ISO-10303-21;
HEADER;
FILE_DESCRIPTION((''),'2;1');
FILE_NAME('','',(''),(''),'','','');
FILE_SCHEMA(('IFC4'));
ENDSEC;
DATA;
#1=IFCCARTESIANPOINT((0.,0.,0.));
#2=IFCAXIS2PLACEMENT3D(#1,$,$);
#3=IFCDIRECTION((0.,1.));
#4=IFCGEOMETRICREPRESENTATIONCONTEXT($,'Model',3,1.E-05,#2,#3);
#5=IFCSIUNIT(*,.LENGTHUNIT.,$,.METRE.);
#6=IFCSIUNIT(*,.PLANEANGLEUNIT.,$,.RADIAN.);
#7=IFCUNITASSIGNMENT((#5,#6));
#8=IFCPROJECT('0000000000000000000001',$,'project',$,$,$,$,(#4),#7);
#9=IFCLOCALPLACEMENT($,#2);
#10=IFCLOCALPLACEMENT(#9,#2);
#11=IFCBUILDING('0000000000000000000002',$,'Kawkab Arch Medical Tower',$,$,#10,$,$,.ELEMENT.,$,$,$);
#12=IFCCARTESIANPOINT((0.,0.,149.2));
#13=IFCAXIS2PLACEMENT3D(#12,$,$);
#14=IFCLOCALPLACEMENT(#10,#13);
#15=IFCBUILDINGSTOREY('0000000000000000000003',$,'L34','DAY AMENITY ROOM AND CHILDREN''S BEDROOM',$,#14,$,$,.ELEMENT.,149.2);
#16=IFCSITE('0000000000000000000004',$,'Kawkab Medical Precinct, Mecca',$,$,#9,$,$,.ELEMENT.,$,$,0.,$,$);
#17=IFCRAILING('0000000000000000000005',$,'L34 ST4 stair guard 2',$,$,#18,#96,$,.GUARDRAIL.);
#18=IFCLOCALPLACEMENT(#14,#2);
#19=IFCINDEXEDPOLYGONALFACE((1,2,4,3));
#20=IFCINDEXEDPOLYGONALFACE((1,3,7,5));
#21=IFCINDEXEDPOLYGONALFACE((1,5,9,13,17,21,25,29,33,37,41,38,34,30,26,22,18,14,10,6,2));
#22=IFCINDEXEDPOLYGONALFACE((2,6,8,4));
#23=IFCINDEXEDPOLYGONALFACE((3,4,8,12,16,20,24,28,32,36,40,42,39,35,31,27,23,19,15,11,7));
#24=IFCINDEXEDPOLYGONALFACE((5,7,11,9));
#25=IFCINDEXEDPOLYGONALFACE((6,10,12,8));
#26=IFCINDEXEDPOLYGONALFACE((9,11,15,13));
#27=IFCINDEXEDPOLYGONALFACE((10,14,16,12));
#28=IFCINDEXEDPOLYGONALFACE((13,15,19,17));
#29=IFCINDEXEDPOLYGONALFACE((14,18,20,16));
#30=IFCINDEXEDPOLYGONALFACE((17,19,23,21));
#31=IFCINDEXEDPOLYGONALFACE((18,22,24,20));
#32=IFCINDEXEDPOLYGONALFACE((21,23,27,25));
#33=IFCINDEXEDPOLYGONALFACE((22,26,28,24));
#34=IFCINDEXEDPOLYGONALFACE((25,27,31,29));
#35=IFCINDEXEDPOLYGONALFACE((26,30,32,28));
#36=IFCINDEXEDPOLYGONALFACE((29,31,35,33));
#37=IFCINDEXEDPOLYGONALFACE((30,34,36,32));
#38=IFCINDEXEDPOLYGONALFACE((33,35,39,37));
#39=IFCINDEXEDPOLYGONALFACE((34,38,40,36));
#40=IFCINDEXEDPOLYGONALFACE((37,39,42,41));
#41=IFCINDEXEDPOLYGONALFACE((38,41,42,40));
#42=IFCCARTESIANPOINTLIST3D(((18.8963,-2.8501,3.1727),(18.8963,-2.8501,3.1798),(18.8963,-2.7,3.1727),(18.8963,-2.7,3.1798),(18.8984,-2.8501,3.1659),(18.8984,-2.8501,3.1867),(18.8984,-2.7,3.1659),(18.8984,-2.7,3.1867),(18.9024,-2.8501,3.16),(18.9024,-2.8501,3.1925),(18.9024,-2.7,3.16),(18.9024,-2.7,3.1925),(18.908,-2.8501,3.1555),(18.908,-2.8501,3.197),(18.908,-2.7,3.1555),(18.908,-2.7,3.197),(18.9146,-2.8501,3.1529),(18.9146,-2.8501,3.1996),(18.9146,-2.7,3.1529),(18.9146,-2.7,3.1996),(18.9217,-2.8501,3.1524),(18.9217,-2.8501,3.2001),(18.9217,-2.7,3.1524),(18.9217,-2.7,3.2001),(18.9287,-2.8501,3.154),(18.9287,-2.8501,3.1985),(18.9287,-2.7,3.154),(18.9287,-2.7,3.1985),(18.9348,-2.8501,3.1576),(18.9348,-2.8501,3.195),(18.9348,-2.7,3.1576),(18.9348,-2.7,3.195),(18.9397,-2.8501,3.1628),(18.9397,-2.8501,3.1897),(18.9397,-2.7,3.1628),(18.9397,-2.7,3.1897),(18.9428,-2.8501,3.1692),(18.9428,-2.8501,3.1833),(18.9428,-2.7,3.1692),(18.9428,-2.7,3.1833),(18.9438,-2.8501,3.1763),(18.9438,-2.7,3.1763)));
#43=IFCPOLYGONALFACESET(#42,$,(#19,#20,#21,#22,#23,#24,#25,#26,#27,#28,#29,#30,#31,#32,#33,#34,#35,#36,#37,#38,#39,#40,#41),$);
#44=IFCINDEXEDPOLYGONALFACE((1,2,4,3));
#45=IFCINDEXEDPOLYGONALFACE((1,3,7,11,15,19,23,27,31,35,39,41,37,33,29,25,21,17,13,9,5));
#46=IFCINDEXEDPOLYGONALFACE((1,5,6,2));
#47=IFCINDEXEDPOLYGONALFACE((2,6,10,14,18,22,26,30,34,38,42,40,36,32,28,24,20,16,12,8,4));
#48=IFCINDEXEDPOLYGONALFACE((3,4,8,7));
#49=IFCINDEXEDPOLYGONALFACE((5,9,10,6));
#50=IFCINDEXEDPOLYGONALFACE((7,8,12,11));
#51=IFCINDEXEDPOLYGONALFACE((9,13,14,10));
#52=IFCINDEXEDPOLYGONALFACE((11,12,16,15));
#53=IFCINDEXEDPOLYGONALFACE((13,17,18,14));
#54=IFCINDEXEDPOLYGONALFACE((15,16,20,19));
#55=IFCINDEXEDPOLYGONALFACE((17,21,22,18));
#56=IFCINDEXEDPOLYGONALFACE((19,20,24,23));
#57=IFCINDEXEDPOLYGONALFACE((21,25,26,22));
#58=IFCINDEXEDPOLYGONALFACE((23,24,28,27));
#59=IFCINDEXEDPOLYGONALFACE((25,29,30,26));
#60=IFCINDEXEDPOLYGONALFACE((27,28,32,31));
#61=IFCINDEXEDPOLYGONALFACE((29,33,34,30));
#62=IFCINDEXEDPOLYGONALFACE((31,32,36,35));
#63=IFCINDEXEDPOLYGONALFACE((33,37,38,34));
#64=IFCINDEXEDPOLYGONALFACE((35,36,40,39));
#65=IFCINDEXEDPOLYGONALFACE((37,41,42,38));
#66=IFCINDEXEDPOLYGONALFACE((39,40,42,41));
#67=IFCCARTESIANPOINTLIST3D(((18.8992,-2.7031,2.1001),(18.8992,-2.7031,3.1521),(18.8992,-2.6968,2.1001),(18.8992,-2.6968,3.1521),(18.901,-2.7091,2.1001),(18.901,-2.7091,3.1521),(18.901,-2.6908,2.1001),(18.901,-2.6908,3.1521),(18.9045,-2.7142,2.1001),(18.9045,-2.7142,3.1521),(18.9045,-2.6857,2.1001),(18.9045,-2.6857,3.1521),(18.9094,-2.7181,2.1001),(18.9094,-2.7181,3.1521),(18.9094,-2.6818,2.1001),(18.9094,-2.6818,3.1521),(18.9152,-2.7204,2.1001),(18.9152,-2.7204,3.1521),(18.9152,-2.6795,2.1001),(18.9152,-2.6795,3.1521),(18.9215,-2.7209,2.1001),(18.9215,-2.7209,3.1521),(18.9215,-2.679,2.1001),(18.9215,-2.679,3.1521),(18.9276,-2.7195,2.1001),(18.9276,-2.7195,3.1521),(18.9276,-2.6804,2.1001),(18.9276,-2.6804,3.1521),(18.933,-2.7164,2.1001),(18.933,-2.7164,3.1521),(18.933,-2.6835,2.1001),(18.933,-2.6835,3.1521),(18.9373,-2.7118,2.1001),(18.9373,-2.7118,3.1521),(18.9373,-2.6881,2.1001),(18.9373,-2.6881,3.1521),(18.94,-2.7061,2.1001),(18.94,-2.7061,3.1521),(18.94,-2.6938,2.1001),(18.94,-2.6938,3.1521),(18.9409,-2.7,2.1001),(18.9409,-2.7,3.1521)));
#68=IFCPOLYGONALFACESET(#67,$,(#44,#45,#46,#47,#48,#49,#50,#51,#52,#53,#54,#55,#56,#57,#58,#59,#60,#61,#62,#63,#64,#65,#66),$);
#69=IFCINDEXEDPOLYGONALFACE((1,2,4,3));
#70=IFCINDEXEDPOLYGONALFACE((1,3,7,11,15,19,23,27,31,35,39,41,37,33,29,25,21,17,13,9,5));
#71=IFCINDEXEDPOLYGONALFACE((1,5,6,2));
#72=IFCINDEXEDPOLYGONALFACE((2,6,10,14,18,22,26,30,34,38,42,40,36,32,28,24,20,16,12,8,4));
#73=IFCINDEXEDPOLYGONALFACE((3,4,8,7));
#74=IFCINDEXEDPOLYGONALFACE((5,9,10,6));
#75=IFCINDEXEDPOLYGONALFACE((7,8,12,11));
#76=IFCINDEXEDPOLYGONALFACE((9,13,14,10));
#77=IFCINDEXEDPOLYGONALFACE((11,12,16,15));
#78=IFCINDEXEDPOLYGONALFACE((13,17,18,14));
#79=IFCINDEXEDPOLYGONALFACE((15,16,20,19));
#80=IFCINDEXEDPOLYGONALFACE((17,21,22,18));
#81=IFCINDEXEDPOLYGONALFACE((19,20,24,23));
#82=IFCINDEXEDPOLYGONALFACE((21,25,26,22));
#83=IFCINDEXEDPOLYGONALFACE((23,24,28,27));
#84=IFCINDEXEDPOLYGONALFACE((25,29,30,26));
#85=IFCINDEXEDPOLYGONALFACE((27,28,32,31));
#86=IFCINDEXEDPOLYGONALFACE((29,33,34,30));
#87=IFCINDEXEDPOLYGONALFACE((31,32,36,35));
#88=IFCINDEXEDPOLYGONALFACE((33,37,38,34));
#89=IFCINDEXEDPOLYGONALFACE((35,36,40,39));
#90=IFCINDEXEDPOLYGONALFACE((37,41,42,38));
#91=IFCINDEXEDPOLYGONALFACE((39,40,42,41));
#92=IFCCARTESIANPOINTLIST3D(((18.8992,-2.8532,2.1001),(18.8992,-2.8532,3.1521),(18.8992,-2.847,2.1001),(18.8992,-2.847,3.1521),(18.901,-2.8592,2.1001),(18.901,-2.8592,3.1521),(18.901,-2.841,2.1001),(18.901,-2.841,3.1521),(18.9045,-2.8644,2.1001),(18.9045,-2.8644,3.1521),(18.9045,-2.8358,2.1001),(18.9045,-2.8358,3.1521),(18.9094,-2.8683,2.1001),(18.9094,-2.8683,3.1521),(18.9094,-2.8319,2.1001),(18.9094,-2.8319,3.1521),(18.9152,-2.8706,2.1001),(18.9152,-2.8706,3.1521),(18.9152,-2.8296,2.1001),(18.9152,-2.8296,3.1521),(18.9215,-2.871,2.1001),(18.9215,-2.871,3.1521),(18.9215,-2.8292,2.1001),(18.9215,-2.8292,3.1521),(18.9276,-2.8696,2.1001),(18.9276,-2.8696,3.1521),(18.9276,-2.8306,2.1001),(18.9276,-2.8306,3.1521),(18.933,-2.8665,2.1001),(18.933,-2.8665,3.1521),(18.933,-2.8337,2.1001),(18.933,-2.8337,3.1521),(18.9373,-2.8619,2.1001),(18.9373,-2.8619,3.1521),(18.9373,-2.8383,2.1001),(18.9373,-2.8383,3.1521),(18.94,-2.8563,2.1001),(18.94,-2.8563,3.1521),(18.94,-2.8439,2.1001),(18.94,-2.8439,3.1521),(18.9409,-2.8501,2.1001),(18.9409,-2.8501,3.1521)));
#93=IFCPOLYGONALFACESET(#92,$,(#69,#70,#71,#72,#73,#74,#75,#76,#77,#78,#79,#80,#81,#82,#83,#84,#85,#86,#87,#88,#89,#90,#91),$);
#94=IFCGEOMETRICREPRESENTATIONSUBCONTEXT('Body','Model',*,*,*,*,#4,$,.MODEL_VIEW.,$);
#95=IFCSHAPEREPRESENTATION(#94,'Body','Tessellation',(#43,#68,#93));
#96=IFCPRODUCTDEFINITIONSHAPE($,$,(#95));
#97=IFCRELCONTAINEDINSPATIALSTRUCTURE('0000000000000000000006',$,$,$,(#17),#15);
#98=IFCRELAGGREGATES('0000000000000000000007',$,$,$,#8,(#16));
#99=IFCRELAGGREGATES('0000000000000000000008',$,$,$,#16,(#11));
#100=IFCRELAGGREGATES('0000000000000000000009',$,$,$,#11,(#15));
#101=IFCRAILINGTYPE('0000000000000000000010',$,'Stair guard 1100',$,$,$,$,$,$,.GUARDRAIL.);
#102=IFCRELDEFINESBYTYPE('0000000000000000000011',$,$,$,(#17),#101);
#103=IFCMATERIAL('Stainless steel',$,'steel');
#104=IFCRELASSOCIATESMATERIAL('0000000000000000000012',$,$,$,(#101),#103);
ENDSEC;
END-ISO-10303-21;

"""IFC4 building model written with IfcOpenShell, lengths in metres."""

from ifc_helpers import new_model, si_unit, direction, frame, origin, origin_2d, place, context, subcontext, project, spatial, circle, extrude, material, type_object, element, save


model = new_model("IFC4")

# Units and contexts
model_context = context("Model", 3, precision=1e-05, world=origin(), true_north=direction((0.0, 1.0)))
body_context = subcontext(model_context, "Body", "Model", "MODEL_VIEW")
ifc_project = project(units=[si_unit("LENGTHUNIT", "METRE"), si_unit("PLANEANGLEUNIT", "RADIAN")], contexts=[model_context])

# Site, building, storey
site_placement = place(None, origin())
site = spatial("IfcSite", under=ifc_project, at=site_placement, Name="Kawkab Medical Precinct, Mecca", CompositionType="ELEMENT", RefElevation=0.0)
building_placement = place(site_placement, origin())
building = spatial("IfcBuilding", under=site, at=building_placement, Name="Kawkab Arch Medical Tower", CompositionType="ELEMENT")
storey_placement = place(building_placement, frame((0.0, 0.0, 149.2)))
storey = spatial("IfcBuildingStorey", under=building, at=storey_placement, Name="L34", Description="DAY AMENITY ROOM AND CHILDREN'S BEDROOM", CompositionType="ELEMENT", Elevation=149.2)

# Railing
ifc_material_1 = material(Name="Stainless steel", Category="steel")
railing_type_1 = type_object("IfcRailingType", Name="Stair guard 1100", PredefinedType="GUARDRAIL", material=ifc_material_1)
railing_1_placement = place(storey_placement, frame((18.9199, -2.7, 2.1001)))
element("IfcRailing", 1, at=railing_1_placement, inside=storey, type_object=railing_type_1, Name="L34 ST4 stair guard 2", PredefinedType="GUARDRAIL", context=body_context, shape_type="SweptSolid", body=[
    extrude(circle(Radius=0.0239, at=origin_2d()), frame((0.0, 0.0, 1.0762), z_axis=(0.0, -1.0, 0.0), x_axis=(1.0, 0.0, 0.0)), (0.0, 0.0, 1.0), 0.1501),
    extrude(circle(Radius=0.021, at=origin_2d()), origin(), (0.0, 0.0, 1.0), 1.052),
    extrude(circle(Radius=0.021, at=origin_2d()), frame((0.0, -0.1501, 0.0)), (0.0, 0.0, 1.0), 1.052),
])

save(model, "model.ifc")
